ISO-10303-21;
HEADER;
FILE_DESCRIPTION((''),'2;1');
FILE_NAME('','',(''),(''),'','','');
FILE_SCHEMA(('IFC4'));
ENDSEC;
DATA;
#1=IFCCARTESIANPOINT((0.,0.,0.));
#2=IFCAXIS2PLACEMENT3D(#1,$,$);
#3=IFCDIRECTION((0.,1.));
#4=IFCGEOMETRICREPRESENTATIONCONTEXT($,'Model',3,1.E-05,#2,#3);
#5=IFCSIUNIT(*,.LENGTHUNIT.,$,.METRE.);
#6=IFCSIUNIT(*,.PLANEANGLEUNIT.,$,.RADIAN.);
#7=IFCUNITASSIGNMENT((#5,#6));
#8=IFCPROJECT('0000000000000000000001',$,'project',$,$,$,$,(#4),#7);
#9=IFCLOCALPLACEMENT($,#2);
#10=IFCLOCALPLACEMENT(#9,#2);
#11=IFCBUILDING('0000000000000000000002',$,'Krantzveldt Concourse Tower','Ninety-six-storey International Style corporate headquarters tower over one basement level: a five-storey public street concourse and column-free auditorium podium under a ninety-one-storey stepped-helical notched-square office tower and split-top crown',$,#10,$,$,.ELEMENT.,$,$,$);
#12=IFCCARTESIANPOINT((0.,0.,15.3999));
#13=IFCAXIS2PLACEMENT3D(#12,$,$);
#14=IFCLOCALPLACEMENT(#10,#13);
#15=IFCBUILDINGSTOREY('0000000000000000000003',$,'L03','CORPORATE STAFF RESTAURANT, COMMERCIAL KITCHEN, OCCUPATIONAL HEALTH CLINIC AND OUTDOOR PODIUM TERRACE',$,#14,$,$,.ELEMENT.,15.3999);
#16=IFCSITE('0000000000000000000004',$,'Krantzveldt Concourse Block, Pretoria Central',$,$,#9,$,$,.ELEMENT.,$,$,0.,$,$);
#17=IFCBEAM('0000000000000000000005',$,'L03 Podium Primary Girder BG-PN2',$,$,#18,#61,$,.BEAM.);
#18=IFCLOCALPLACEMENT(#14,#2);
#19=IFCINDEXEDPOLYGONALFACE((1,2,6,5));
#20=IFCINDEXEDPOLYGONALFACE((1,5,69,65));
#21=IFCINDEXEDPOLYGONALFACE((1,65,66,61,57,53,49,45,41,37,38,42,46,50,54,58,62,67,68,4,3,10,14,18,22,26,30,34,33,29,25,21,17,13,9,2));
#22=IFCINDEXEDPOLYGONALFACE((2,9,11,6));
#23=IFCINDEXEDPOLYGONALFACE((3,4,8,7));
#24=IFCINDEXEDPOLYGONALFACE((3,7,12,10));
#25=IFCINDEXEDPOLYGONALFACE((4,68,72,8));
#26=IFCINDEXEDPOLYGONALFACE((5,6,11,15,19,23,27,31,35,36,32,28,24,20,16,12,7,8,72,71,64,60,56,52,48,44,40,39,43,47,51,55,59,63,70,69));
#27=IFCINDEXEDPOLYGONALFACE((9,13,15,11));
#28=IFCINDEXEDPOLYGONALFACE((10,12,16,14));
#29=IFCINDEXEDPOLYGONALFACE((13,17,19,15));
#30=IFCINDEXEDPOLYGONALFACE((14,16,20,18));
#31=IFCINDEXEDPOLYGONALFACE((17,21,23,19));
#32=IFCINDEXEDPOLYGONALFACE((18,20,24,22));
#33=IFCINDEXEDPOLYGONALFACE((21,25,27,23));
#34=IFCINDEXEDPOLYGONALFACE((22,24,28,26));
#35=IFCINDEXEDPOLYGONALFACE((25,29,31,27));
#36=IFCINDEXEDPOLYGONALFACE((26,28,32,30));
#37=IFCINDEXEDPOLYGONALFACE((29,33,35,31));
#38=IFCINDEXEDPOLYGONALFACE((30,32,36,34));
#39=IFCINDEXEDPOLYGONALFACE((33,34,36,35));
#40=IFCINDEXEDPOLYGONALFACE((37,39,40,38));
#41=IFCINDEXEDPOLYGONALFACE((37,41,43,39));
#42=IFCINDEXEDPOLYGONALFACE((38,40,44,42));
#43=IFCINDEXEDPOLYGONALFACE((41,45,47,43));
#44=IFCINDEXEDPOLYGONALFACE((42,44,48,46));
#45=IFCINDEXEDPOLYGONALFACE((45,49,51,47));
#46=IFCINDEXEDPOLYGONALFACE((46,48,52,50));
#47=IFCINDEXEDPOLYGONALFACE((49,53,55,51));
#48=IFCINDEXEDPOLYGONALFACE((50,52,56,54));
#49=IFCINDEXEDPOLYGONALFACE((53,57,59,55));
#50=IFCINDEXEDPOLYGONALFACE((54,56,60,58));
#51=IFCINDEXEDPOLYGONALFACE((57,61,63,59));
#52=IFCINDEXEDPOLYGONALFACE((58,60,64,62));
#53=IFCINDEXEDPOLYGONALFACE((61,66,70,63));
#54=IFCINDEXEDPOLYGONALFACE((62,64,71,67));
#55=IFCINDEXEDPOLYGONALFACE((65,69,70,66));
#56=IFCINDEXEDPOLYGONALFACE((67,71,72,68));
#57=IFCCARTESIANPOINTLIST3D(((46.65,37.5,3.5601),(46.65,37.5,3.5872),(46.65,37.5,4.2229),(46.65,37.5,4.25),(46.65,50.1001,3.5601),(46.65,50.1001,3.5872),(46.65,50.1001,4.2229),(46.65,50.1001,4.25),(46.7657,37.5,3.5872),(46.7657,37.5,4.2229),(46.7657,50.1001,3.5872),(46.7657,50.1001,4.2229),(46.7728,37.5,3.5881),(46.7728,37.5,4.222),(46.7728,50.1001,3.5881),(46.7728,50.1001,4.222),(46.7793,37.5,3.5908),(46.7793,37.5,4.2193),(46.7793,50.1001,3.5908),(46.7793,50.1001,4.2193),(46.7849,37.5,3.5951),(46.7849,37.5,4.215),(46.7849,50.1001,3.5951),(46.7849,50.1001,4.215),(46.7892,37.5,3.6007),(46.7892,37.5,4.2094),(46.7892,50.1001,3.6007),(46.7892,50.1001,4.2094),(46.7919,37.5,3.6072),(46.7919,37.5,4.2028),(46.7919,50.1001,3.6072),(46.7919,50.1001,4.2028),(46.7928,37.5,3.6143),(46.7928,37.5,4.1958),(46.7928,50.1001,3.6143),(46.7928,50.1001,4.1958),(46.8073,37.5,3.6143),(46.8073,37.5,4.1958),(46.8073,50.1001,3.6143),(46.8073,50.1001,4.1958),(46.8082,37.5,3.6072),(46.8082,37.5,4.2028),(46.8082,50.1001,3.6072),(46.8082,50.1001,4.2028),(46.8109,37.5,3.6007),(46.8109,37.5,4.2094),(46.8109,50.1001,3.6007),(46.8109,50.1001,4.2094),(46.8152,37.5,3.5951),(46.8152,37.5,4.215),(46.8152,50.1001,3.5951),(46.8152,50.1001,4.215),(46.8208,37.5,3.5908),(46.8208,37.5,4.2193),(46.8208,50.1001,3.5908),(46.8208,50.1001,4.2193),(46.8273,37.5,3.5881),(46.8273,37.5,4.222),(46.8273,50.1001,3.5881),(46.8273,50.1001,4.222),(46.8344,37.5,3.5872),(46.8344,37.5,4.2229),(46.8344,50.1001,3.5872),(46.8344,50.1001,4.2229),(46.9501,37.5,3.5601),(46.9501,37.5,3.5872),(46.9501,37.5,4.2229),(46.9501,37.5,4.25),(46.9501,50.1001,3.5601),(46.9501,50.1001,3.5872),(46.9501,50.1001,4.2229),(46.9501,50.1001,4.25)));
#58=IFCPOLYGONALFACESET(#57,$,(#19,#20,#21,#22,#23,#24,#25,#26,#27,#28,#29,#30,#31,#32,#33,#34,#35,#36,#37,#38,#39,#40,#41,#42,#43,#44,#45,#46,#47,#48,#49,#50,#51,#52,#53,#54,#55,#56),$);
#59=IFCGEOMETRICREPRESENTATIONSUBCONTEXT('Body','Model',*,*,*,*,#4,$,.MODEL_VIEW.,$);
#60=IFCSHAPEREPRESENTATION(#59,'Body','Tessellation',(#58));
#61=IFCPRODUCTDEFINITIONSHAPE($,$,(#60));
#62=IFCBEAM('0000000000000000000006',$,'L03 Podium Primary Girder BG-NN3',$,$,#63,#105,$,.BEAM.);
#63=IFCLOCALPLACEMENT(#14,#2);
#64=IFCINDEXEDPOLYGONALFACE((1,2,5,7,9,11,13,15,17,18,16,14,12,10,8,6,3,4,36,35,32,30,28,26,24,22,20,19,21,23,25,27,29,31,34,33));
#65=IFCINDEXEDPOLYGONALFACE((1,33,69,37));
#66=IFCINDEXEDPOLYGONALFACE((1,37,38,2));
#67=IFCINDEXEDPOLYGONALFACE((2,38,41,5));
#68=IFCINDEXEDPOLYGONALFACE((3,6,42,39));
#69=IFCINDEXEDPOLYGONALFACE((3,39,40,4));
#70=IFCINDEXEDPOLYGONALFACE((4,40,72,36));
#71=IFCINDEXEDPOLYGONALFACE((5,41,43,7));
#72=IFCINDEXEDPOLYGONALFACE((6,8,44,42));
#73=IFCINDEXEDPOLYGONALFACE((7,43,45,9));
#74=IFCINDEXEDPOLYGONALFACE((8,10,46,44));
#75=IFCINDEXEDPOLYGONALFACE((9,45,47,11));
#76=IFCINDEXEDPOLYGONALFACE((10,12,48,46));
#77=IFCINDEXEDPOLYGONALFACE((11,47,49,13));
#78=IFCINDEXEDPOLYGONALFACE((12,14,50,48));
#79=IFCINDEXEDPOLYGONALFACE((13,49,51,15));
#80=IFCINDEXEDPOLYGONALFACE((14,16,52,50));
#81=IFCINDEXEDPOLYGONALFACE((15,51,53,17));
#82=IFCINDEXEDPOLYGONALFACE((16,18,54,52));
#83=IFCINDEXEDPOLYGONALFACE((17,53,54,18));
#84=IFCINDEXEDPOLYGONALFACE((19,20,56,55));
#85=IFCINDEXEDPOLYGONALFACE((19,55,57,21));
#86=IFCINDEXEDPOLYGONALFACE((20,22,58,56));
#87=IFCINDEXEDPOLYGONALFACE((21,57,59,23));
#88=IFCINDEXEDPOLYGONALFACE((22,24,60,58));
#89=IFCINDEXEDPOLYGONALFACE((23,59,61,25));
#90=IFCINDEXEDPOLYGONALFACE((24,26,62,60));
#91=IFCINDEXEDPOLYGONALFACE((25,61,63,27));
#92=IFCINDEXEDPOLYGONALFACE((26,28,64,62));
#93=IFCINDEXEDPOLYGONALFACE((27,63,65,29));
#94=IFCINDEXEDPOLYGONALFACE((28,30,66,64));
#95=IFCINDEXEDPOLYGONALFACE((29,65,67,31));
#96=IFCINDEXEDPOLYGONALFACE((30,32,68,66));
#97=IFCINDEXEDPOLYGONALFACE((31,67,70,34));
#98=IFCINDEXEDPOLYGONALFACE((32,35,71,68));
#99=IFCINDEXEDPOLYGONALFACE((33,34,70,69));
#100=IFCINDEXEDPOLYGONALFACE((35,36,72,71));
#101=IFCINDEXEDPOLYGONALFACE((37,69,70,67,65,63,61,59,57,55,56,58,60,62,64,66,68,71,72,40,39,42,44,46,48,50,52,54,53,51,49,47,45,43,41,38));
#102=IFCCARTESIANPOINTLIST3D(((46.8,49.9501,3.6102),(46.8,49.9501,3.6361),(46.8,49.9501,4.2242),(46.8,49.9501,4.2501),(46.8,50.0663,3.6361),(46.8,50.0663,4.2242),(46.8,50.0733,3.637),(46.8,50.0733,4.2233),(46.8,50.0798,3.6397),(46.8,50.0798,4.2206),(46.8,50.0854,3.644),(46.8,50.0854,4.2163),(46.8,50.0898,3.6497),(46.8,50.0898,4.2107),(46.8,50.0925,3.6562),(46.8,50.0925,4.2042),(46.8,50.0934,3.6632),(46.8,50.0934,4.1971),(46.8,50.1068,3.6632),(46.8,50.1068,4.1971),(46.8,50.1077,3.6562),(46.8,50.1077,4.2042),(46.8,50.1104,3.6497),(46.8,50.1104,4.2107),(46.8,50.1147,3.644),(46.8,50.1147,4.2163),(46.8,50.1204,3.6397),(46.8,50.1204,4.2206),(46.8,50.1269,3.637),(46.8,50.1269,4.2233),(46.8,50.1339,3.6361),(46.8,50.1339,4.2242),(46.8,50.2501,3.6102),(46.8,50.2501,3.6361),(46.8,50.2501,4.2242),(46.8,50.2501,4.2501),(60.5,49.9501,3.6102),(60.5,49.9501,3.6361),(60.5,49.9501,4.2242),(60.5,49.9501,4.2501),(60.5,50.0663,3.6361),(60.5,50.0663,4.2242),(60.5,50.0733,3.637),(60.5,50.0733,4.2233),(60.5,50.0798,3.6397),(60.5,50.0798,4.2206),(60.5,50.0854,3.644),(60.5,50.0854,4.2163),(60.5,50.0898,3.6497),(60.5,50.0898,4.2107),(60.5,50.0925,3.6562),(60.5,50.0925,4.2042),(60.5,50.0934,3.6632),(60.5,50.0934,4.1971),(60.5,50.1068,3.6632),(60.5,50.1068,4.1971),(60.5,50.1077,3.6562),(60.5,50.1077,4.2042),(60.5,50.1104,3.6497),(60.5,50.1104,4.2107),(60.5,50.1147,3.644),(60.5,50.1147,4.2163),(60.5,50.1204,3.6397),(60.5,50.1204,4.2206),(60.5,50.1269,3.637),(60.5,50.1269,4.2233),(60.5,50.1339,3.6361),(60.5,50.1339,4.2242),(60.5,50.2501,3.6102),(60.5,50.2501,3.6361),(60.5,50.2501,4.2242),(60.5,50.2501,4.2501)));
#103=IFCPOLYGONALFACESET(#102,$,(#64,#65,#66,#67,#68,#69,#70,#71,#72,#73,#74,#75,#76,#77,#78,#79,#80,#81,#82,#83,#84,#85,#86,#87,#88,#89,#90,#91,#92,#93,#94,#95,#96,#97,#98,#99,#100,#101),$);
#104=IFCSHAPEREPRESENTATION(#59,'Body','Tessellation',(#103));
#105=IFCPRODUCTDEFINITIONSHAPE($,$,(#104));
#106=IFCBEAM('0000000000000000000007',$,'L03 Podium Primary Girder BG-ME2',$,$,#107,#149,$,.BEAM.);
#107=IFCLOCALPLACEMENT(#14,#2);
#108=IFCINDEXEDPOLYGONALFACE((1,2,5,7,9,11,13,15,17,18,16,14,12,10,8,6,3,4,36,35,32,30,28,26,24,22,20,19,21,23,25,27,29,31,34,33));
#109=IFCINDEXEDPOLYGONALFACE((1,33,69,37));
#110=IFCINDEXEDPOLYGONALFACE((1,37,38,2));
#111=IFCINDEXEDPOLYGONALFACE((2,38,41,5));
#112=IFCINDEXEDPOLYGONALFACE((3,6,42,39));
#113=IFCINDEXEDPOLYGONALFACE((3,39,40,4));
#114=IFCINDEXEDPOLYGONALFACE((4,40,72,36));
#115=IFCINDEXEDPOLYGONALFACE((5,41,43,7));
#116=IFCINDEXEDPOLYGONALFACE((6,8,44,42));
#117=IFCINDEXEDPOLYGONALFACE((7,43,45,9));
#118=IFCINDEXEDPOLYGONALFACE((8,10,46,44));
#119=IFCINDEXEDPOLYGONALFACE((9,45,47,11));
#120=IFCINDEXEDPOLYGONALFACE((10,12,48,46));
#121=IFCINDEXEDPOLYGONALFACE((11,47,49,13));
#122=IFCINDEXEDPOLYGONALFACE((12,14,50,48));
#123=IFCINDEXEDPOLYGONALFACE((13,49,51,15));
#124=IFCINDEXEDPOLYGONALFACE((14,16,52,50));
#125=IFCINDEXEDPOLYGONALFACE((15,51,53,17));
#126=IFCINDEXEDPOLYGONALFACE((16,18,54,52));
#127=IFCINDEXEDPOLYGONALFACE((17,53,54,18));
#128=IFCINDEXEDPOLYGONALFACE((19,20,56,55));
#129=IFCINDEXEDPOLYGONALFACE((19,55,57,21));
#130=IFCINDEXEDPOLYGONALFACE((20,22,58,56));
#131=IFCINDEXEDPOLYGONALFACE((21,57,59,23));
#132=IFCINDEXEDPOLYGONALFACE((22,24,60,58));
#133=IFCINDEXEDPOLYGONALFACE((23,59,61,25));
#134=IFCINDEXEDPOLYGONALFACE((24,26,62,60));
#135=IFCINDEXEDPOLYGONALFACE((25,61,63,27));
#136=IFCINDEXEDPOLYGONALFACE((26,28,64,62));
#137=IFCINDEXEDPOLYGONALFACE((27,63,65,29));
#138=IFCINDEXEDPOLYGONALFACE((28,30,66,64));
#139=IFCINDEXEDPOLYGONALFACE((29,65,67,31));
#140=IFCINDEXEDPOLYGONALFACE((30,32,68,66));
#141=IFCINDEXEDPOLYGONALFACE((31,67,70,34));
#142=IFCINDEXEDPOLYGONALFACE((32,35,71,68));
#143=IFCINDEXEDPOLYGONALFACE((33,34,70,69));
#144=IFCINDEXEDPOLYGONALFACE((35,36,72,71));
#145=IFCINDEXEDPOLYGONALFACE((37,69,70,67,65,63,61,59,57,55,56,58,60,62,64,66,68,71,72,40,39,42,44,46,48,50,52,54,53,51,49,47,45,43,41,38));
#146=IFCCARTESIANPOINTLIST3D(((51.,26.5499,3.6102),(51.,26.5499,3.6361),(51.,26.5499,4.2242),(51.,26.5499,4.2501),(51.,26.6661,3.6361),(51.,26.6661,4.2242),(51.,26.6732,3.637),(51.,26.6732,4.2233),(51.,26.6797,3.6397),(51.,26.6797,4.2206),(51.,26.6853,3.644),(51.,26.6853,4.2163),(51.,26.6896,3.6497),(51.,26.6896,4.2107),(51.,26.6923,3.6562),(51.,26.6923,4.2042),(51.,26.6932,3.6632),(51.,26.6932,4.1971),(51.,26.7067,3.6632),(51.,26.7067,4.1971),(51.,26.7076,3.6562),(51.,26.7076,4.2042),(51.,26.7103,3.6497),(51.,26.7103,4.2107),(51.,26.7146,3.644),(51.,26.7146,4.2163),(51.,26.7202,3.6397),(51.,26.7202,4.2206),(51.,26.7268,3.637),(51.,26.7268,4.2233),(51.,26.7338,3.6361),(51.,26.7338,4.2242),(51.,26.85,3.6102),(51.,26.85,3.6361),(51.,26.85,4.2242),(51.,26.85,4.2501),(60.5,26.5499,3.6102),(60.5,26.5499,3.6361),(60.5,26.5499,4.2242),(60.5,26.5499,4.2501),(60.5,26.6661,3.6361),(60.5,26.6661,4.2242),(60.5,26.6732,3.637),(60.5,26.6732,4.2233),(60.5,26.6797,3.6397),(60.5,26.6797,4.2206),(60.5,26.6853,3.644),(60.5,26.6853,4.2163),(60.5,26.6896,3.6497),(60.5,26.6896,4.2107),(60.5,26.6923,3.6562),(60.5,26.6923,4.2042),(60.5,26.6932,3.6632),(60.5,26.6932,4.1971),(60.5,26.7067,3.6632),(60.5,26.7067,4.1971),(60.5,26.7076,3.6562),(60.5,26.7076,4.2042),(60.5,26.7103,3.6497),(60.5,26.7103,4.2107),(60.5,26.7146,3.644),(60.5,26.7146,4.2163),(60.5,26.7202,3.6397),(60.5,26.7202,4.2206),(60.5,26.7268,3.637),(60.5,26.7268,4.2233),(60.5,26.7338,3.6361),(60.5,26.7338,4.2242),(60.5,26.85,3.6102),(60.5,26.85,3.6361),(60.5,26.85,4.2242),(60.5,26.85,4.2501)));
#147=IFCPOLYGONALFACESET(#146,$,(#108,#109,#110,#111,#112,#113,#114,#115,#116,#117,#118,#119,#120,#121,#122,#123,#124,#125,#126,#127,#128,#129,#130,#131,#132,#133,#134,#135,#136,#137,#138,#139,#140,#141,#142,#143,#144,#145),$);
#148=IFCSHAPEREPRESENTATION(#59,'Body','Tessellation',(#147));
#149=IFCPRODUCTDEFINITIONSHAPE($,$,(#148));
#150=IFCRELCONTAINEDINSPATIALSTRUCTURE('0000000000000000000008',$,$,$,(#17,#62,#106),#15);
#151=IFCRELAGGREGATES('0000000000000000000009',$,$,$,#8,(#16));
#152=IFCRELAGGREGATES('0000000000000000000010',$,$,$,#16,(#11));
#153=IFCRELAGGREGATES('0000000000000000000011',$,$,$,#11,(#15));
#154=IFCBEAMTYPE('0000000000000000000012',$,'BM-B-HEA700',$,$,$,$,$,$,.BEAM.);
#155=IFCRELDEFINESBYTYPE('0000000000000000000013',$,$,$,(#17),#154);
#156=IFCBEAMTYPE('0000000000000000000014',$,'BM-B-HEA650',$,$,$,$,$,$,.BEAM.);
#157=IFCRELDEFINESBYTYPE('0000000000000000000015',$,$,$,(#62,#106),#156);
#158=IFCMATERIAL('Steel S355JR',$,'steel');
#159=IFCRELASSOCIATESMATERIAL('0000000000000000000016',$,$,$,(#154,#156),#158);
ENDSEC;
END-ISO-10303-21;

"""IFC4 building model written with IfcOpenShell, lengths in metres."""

from ifc_helpers import new_model, si_unit, direction, frame, origin, origin_2d, place, context, subcontext, project, spatial, i_section, extrude, source, transform, mapped, material, material_profile, profile_set, type_object, type_shapes, element, save


model = new_model("IFC4")

# Units and contexts
model_context = context("Model", 3, precision=1e-05, world=origin(), true_north=direction((0.0, 1.0)))
body_context = subcontext(model_context, "Body", "Model", "MODEL_VIEW")
ifc_project = project(units=[si_unit("LENGTHUNIT", "METRE"), si_unit("PLANEANGLEUNIT", "RADIAN")], contexts=[model_context])

# Site, building, storey
site_placement = place(None, origin())
site = spatial("IfcSite", under=ifc_project, at=site_placement, Name="Krantzveldt Concourse Block, Pretoria Central", CompositionType="ELEMENT", RefElevation=0.0)
building_placement = place(site_placement, origin())
building = spatial("IfcBuilding", under=site, at=building_placement, Name="Krantzveldt Concourse Tower", Description="Ninety-six-storey International Style corporate headquarters tower over one basement level: a five-storey public street concourse and column-free auditorium podium under a ninety-one-storey stepped-helical notched-square office tower and split-top crown", CompositionType="ELEMENT")
storey_placement = place(building_placement, frame((0.0, 0.0, 15.3999)))
storey = spatial("IfcBuildingStorey", under=building, at=storey_placement, Name="L03", Description="CORPORATE STAFF RESTAURANT, COMMERCIAL KITCHEN, OCCUPATIONAL HEALTH CLINIC AND OUTDOOR PODIUM TERRACE", CompositionType="ELEMENT", Elevation=15.3999)

# Beams
ifc_material_1 = material(Name="Steel S355JR", Category="steel")
ifc_material_profile_1 = material_profile(ifc_material_1, i_section(OverallWidth=0.3, OverallDepth=0.6899, WebThickness=0.0144, FlangeThickness=0.0271, FilletRadius=0.0271, at=origin_2d()), Name="Steel S355JR", Category="steel")
ifc_profile_set_1 = profile_set([ifc_material_profile_1], Name="Steel S355JR - HEA 700")
beam_type_1 = type_object("IfcBeamType", Name="BM-B-HEA700", PredefinedType="BEAM", material=ifc_profile_set_1)
shared_shape_1 = source(origin(), body_context, "Body", "SweptSolid", [
    extrude(i_section(OverallWidth=0.3, OverallDepth=0.6899, WebThickness=0.0144, FlangeThickness=0.0271, FilletRadius=0.0271, at=origin_2d()), origin(), (0.0, 0.0, 1.0), 12.6001),
])
beam_1_placement = place(storey_placement, frame((46.8, 37.5, 3.905), z_axis=(0.0, 1.0, 0.0), x_axis=(-1.0, 0.0, 0.0)))
element("IfcBeam", 1, at=beam_1_placement, inside=storey, type_object=beam_type_1, Name="L03 Podium Primary Girder BG-PN2", PredefinedType="BEAM", context=body_context, shape_type="MappedRepresentation", body=[
    mapped(shared_shape_1, transform((0.0, 0.0, 0.0), x_axis=(1.0, 0.0, 0.0), y_axis=(0.0, 1.0, 0.0), z_axis=(0.0, 0.0, 1.0), scale=1.0)),
])
ifc_material_profile_2 = material_profile(ifc_material_1, i_section(OverallWidth=0.3, OverallDepth=0.6399, WebThickness=0.0134, FlangeThickness=0.0259, FilletRadius=0.0271, at=origin_2d()), Name="Steel S355JR", Category="steel")
ifc_profile_set_2 = profile_set([ifc_material_profile_2], Name="Steel S355JR - HEA 650")
beam_type_2 = type_object("IfcBeamType", Name="BM-B-HEA650", PredefinedType="BEAM", material=ifc_profile_set_2)
shared_shape_2 = source(origin(), body_context, "Body", "SweptSolid", [
    extrude(i_section(OverallWidth=0.3, OverallDepth=0.6399, WebThickness=0.0134, FlangeThickness=0.0259, FilletRadius=0.0271, at=origin_2d()), origin(), (0.0, 0.0, 1.0), 13.7),
])
beam_2_placement = place(storey_placement, frame((46.8, 50.1001, 3.9302), z_axis=(1.0, 0.0, 0.0), x_axis=(0.0, 1.0, 0.0)))
element("IfcBeam", 2, at=beam_2_placement, inside=storey, type_object=beam_type_2, Name="L03 Podium Primary Girder BG-NN3", PredefinedType="BEAM", context=body_context, shape_type="MappedRepresentation", body=[
    mapped(shared_shape_2, transform((0.0, 0.0, 0.0), x_axis=(1.0, 0.0, 0.0), y_axis=(0.0, 1.0, 0.0), z_axis=(0.0, 0.0, 1.0), scale=1.0)),
])
shared_shape_3 = source(origin(), body_context, "Body", "SweptSolid", [
    extrude(i_section(OverallWidth=0.3, OverallDepth=0.6399, WebThickness=0.0134, FlangeThickness=0.0259, FilletRadius=0.0271, at=origin_2d()), origin(), (0.0, 0.0, 1.0), 9.5),
])
type_shapes(beam_type_2, [shared_shape_2, shared_shape_3])
beam_3_placement = place(storey_placement, frame((51.0, 26.7, 3.9302), z_axis=(1.0, 0.0, 0.0), x_axis=(0.0, 1.0, 0.0)))
element("IfcBeam", 3, at=beam_3_placement, inside=storey, type_object=beam_type_2, Name="L03 Podium Primary Girder BG-ME2", PredefinedType="BEAM", context=body_context, shape_type="MappedRepresentation", body=[
    mapped(shared_shape_3, transform((0.0, 0.0, 0.0), x_axis=(1.0, 0.0, 0.0), y_axis=(0.0, 1.0, 0.0), z_axis=(0.0, 0.0, 1.0), scale=1.0)),
])

save(model, "model.ifc")
